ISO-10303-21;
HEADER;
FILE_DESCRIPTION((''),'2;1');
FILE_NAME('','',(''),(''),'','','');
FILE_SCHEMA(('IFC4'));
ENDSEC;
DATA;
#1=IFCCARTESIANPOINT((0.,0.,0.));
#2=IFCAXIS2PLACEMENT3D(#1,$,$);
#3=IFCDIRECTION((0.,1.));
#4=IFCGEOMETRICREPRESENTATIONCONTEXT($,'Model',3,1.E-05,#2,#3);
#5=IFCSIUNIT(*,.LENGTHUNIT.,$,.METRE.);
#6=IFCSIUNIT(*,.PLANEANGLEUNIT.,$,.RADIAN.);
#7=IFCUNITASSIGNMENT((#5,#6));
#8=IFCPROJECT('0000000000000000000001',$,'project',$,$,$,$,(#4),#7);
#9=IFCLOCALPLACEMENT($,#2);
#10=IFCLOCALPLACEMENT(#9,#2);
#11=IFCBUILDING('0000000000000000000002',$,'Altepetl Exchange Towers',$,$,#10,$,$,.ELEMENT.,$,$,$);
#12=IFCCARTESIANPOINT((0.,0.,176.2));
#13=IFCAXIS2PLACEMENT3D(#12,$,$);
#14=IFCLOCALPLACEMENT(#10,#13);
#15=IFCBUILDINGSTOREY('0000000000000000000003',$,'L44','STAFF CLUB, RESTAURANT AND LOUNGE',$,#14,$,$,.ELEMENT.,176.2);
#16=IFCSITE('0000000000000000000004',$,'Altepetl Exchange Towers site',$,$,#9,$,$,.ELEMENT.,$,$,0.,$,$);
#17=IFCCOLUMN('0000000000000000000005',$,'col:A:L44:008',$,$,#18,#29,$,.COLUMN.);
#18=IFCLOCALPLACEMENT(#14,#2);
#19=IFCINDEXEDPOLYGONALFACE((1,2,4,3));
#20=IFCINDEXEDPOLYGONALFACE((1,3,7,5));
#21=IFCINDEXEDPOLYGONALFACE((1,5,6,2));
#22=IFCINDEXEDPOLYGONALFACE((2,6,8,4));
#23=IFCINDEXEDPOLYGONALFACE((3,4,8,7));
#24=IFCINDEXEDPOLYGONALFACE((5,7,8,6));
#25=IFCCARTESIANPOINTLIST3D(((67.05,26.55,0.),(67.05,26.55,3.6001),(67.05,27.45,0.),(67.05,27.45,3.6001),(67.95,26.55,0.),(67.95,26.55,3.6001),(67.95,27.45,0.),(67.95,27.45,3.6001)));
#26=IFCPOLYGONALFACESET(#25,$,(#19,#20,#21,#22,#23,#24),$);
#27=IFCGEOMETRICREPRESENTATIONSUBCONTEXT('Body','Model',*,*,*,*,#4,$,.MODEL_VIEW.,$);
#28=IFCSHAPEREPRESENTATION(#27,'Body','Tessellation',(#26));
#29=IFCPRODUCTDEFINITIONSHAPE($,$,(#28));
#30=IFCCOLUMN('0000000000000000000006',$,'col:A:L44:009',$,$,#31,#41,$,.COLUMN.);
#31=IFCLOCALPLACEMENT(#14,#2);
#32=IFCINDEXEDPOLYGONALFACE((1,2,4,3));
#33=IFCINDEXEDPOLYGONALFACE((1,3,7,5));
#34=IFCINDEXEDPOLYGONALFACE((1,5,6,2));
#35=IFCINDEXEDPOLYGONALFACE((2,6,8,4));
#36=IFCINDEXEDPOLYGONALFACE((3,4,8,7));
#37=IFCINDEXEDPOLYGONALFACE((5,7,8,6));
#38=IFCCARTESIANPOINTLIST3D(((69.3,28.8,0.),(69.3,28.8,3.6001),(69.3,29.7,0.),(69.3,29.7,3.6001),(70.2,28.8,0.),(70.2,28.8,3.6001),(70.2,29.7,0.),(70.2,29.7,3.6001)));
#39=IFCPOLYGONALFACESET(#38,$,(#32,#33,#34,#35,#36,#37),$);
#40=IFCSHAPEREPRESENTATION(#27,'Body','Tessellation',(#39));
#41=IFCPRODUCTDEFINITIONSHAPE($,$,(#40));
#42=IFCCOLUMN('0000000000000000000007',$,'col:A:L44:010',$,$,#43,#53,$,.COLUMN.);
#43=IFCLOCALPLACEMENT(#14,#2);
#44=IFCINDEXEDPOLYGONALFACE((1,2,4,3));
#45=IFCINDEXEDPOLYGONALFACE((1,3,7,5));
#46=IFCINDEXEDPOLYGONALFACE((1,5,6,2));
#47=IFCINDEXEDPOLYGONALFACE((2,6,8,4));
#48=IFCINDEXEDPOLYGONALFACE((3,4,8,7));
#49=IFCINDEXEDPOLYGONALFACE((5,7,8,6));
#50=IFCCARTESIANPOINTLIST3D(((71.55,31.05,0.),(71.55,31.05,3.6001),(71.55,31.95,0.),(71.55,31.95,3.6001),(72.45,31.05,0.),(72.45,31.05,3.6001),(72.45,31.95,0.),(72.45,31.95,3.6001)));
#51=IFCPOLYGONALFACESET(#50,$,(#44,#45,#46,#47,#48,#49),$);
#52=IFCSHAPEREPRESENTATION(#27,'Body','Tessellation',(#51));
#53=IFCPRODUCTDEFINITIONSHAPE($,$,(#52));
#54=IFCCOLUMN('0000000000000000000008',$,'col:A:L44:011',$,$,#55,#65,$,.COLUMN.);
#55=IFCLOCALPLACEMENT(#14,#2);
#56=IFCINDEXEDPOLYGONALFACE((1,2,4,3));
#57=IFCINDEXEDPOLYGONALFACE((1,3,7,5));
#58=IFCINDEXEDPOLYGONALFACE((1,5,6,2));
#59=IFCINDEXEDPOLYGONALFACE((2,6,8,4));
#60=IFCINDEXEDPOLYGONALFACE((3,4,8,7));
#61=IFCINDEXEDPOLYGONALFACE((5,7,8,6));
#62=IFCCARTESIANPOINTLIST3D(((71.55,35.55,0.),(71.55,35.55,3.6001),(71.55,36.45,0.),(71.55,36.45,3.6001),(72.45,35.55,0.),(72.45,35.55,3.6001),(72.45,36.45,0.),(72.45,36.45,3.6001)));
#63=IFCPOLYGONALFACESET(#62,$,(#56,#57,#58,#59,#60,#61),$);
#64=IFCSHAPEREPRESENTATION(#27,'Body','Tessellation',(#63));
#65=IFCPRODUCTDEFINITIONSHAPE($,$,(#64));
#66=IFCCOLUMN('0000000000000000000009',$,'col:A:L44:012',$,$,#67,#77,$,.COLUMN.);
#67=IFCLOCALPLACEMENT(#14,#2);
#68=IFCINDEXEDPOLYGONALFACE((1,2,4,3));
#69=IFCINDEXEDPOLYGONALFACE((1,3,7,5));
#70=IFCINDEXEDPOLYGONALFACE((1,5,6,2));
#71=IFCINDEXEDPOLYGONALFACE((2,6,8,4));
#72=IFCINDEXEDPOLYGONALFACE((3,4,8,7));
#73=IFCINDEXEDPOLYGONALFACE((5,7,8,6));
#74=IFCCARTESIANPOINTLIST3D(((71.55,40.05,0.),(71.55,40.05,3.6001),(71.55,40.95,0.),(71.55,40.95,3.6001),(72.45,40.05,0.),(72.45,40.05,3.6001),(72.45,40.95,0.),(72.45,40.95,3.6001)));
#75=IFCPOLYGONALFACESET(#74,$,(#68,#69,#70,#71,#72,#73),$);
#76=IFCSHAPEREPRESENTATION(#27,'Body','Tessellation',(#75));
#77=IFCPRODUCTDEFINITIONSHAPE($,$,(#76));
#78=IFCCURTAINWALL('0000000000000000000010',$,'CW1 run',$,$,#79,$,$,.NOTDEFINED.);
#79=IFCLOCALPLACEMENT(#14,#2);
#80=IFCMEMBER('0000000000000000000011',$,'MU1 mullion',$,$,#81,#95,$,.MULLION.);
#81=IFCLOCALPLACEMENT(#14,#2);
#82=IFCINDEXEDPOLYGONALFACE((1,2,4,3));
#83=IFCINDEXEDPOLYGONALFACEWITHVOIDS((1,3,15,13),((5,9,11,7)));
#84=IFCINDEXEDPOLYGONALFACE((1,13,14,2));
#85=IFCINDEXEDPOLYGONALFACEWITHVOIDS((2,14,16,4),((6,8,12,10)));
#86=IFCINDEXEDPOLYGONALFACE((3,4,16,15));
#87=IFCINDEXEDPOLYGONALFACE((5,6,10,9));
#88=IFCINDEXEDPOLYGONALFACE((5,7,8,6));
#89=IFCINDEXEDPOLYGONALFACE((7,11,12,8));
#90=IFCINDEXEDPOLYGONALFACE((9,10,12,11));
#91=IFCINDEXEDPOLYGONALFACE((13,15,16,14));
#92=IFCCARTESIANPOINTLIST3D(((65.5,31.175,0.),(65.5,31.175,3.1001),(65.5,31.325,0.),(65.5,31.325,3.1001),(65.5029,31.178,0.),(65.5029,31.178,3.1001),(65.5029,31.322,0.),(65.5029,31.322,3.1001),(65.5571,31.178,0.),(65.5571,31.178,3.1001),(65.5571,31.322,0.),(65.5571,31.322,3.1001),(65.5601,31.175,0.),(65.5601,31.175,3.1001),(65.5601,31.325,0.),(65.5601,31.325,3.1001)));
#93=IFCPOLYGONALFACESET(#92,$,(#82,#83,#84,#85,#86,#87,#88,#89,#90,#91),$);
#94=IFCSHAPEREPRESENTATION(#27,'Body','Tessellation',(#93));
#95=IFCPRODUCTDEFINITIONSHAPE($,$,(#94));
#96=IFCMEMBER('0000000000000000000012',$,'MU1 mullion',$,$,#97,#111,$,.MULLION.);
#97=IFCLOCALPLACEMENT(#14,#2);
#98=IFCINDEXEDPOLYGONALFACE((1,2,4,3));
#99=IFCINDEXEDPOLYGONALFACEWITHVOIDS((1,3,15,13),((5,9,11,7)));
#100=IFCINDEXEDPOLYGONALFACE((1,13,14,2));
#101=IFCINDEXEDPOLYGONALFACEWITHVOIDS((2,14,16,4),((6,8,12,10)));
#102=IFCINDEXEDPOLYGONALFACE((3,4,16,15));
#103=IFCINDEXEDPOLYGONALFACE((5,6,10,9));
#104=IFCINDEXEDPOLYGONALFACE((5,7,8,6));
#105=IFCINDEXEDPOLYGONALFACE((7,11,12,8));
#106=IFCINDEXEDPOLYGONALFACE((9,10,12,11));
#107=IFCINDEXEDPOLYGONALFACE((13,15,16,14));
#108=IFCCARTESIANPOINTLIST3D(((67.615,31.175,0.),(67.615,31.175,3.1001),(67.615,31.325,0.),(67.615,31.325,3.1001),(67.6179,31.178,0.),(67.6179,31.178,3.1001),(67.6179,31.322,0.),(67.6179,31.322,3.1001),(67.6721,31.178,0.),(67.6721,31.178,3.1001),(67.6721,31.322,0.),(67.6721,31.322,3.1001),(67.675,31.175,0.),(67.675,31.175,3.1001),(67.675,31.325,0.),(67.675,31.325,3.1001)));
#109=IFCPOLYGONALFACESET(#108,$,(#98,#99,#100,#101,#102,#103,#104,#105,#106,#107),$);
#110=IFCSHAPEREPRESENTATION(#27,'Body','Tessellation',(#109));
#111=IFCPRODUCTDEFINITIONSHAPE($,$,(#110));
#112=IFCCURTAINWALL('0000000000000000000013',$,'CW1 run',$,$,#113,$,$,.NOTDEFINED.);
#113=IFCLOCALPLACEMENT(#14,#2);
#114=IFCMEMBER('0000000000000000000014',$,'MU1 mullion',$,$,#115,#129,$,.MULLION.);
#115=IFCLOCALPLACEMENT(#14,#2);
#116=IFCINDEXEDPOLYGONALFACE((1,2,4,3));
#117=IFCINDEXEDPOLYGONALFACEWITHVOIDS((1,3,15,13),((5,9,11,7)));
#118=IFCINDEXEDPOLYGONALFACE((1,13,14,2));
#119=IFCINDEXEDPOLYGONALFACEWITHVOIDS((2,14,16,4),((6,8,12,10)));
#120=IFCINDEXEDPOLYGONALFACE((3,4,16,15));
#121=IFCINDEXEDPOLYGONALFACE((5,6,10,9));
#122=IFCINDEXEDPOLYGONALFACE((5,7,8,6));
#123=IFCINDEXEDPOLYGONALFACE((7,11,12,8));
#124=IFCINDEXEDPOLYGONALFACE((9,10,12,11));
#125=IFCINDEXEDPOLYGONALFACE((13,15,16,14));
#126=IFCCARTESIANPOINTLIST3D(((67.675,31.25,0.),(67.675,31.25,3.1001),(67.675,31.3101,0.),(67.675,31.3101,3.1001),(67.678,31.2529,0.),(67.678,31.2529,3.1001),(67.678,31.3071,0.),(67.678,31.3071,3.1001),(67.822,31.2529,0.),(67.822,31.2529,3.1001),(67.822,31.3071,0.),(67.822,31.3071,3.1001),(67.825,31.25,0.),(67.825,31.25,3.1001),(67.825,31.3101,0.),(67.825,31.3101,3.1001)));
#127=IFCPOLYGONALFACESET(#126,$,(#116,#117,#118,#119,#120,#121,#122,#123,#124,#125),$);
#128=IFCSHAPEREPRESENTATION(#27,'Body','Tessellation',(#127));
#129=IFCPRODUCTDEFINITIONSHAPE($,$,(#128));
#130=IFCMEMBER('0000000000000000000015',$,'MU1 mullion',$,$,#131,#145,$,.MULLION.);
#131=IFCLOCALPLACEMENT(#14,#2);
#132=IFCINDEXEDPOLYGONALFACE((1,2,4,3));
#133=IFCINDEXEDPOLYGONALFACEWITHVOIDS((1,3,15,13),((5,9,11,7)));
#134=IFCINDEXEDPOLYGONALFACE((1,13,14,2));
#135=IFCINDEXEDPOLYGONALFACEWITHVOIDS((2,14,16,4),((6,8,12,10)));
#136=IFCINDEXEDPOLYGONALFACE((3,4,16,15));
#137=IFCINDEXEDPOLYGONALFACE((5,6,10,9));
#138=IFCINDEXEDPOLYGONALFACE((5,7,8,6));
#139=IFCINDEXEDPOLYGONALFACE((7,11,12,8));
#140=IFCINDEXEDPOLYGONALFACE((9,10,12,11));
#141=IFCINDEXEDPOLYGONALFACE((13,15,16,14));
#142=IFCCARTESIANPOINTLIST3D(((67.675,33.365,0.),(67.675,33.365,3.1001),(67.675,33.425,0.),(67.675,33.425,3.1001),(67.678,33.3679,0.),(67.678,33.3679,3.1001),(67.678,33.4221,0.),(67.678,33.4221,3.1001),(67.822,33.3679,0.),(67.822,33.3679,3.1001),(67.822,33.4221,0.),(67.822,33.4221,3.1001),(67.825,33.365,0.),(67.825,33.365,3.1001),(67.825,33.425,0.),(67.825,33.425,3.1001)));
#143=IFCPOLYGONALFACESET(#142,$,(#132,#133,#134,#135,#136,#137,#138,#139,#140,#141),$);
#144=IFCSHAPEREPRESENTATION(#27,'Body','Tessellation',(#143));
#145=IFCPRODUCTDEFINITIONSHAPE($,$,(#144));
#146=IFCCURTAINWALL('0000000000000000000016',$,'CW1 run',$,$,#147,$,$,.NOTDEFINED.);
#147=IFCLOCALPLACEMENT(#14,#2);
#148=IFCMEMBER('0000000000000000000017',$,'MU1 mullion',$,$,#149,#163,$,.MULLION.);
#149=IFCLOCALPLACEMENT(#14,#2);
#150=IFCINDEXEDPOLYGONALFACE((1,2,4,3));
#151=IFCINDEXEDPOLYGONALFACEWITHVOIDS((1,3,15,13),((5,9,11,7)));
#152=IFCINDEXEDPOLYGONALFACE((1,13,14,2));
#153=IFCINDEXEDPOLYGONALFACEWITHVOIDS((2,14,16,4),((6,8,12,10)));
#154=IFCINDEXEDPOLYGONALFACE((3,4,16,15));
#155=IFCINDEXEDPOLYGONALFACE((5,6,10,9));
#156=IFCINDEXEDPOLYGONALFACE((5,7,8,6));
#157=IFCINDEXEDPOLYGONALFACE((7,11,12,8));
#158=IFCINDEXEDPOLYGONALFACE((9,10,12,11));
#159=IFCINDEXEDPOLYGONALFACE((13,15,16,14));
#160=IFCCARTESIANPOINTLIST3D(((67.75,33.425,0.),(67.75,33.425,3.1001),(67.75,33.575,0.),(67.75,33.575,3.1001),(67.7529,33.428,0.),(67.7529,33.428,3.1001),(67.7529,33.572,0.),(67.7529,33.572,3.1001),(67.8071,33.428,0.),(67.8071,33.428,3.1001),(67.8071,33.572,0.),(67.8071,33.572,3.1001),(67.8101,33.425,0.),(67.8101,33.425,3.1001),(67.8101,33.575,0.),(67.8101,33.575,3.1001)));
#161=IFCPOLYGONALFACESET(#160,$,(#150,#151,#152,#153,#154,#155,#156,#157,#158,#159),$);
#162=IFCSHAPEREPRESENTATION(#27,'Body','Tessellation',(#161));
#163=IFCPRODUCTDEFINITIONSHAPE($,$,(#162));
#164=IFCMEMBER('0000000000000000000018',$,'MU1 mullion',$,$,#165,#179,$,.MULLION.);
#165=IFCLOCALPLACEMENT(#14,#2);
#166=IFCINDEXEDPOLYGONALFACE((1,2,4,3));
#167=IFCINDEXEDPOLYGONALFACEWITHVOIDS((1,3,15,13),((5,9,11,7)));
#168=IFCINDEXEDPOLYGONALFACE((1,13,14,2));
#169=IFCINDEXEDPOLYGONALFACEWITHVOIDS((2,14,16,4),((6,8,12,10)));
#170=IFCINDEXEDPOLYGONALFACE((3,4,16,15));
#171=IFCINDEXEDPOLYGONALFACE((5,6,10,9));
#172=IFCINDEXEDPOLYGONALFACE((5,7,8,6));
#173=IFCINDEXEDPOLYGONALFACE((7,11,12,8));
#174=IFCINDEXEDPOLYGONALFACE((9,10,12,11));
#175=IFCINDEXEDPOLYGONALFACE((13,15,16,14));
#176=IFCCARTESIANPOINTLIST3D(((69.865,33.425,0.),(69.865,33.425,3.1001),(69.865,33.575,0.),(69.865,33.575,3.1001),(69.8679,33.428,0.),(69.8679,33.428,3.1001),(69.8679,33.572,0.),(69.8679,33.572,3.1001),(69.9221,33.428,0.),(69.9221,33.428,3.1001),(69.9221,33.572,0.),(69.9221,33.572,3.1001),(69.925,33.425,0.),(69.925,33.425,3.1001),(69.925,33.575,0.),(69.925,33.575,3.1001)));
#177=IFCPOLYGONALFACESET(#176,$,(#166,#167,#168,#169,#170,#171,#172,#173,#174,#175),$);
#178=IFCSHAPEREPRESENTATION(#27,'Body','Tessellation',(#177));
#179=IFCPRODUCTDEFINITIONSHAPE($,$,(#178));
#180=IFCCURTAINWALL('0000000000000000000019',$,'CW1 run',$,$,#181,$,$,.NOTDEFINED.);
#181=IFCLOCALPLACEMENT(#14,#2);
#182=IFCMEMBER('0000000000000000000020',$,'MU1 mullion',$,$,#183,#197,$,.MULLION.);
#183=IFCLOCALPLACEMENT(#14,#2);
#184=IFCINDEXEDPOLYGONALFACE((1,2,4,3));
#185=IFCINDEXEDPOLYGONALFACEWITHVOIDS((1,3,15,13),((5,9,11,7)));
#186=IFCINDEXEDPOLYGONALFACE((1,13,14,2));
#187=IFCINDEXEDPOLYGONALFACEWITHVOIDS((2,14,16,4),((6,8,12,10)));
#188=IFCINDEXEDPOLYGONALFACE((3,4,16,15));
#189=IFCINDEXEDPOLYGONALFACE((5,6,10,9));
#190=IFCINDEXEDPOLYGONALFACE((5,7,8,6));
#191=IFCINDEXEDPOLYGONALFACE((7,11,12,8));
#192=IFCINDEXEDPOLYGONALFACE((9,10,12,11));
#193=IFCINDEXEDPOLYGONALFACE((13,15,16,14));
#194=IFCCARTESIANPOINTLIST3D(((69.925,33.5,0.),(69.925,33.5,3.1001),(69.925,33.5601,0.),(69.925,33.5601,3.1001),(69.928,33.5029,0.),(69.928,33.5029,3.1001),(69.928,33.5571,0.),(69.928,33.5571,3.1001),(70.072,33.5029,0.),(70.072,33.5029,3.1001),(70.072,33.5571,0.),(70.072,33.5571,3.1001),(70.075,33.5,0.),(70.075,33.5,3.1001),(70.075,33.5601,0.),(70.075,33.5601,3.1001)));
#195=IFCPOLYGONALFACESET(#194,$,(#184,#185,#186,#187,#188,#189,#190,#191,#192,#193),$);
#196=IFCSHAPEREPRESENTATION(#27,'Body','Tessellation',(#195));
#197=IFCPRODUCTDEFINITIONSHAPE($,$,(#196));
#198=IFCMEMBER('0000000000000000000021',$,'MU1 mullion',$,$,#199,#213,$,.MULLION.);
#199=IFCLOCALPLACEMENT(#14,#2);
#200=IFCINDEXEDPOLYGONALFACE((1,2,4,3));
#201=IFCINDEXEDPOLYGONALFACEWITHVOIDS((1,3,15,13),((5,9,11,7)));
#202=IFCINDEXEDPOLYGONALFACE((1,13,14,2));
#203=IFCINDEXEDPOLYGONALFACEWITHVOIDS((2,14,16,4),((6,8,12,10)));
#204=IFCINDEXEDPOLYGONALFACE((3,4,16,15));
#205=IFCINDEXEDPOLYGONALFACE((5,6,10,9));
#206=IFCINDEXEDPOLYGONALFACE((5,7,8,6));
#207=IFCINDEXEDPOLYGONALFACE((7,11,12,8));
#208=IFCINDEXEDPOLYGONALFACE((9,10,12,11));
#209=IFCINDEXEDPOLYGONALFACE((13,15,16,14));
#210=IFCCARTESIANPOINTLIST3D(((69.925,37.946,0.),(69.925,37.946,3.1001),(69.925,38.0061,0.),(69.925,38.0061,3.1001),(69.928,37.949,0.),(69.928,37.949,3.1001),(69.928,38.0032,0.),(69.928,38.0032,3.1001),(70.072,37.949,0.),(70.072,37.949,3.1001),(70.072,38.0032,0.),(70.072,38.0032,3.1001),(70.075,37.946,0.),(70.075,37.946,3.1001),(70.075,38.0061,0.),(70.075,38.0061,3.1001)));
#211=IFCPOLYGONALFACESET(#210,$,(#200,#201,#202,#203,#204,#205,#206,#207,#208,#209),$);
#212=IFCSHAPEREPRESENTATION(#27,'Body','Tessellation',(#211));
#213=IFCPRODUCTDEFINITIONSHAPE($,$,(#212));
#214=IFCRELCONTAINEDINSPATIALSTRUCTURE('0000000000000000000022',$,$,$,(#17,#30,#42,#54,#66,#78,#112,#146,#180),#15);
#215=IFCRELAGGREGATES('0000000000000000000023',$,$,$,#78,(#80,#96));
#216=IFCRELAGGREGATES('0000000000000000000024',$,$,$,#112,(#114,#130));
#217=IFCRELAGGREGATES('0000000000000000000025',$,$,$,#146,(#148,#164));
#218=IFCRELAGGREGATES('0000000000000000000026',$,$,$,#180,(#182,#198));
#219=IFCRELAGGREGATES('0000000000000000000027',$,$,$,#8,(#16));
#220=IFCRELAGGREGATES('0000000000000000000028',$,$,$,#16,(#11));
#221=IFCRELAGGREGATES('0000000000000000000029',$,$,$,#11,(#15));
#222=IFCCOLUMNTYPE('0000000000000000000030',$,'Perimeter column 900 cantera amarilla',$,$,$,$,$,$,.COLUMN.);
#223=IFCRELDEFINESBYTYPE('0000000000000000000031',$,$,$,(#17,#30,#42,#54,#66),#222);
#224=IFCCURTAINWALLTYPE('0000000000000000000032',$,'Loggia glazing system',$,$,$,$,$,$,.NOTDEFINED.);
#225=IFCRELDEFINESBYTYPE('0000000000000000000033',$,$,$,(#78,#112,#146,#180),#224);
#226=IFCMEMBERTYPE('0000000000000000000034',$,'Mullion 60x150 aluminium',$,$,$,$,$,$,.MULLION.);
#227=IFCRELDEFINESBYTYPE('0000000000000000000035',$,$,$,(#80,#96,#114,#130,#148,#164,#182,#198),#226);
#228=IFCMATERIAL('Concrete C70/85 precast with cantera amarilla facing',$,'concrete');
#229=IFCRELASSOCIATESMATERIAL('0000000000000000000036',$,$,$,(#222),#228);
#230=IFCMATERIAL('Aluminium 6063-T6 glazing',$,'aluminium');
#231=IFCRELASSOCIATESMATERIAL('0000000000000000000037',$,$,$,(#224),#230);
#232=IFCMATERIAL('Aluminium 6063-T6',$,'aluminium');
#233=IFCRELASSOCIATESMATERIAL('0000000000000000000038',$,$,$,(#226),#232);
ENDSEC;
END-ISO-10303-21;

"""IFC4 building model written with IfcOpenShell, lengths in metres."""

from ifc_helpers import new_model, si_unit, direction, frame, origin, origin_2d, place, context, subcontext, project, spatial, rectangle, hollow_rectangle, extrude, material, material_profile, profile_set, type_object, element, aggregate, save


model = new_model("IFC4")

# Units and contexts
model_context = context("Model", 3, precision=1e-05, world=origin(), true_north=direction((0.0, 1.0)))
body_context = subcontext(model_context, "Body", "Model", "MODEL_VIEW")
ifc_project = project(units=[si_unit("LENGTHUNIT", "METRE"), si_unit("PLANEANGLEUNIT", "RADIAN")], contexts=[model_context])

# Site, building, storey
site_placement = place(None, origin())
site = spatial("IfcSite", under=ifc_project, at=site_placement, Name="Altepetl Exchange Towers site", CompositionType="ELEMENT", RefElevation=0.0)
building_placement = place(site_placement, origin())
building = spatial("IfcBuilding", under=site, at=building_placement, Name="Altepetl Exchange Towers", CompositionType="ELEMENT")
storey_placement = place(building_placement, frame((0.0, 0.0, 176.2)))
storey = spatial("IfcBuildingStorey", under=building, at=storey_placement, Name="L44", Description="STAFF CLUB, RESTAURANT AND LOUNGE", CompositionType="ELEMENT", Elevation=176.2)

# Columns
ifc_material_1 = material(Name="Concrete C70/85 precast with cantera amarilla facing", Category="concrete")
ifc_material_profile_1 = material_profile(ifc_material_1, rectangle(XDim=0.8999, YDim=0.8999, at=origin_2d()), Name="900 x 900")
ifc_profile_set_1 = profile_set([ifc_material_profile_1], Name="Concrete C70/85 precast with cantera amarilla facing")
column_type = type_object("IfcColumnType", Name="Perimeter column 900 cantera amarilla", PredefinedType="COLUMN", material=ifc_profile_set_1)
for number, where, name in (
    (1, (67.5, 27.0, 0.0), "col:A:L44:008"),
    (2, (69.75, 29.25, 0.0), "col:A:L44:009"),
    (3, (72.0, 31.5, 0.0), "col:A:L44:010"),
    (4, (72.0, 36.0, 0.0), "col:A:L44:011"),
    (5, (72.0, 40.5, 0.0), "col:A:L44:012"),
):
    element("IfcColumn", number, at=place(storey_placement, frame(where)), inside=storey, type_object=column_type, Name=name, PredefinedType="COLUMN", context=body_context, shape_type="SweptSolid", body=[
        extrude(rectangle(XDim=0.8999, YDim=0.8999, at=origin_2d()), origin(), (0.0, 0.0, 1.0), 3.6001),
    ])

# Curtain walls, members
ifc_material_2 = material(Name="Aluminium 6063-T6 glazing", Category="aluminium")
curtain_wall_type = type_object("IfcCurtainWallType", Name="Loggia glazing system", PredefinedType="NOTDEFINED", material=ifc_material_2)
curtain_wall_1_placement = place(storey_placement, origin())
curtain_wall_1 = element("IfcCurtainWall", 6, at=curtain_wall_1_placement, inside=storey, type_object=curtain_wall_type, Name="CW1 run", PredefinedType="NOTDEFINED")
ifc_material_3 = material(Name="Aluminium 6063-T6", Category="aluminium")
ifc_material_profile_2 = material_profile(ifc_material_3, hollow_rectangle(XDim=0.0601, YDim=0.1499, WallThickness=0.0029, at=origin_2d()), Name="Mullion 60x150 aluminium")
ifc_profile_set_2 = profile_set([ifc_material_profile_2], Name="Aluminium 6063-T6")
member_type = type_object("IfcMemberType", Name="Mullion 60x150 aluminium", PredefinedType="MULLION", material=ifc_profile_set_2)
member_1_placement = place(storey_placement, frame((65.53, 31.25, 0.0)))
member_1 = element("IfcMember", 7, at=member_1_placement, type_object=member_type, Name="MU1 mullion", PredefinedType="MULLION", context=body_context, shape_type="SweptSolid", body=[
    extrude(hollow_rectangle(XDim=0.0601, YDim=0.1499, WallThickness=0.0029, at=origin_2d()), origin(), (0.0, 0.0, 1.0), 3.1001),
])
member_2_placement = place(storey_placement, frame((67.645, 31.25, 0.0)))
member_2 = element("IfcMember", 8, at=member_2_placement, type_object=member_type, Name="MU1 mullion", PredefinedType="MULLION", context=body_context, shape_type="SweptSolid", body=[
    extrude(hollow_rectangle(XDim=0.0601, YDim=0.1499, WallThickness=0.0029, at=origin_2d()), origin(), (0.0, 0.0, 1.0), 3.1001),
])
curtain_wall_2_placement = place(storey_placement, origin())
curtain_wall_2 = element("IfcCurtainWall", 9, at=curtain_wall_2_placement, inside=storey, type_object=curtain_wall_type, Name="CW1 run", PredefinedType="NOTDEFINED")
member_3_placement = place(storey_placement, frame((67.75, 31.28, 0.0), z_axis=(0.0, 0.0, 1.0), x_axis=(0.0, 1.0, 0.0)))
member_3 = element("IfcMember", 10, at=member_3_placement, type_object=member_type, Name="MU1 mullion", PredefinedType="MULLION", context=body_context, shape_type="SweptSolid", body=[
    extrude(hollow_rectangle(XDim=0.0601, YDim=0.1499, WallThickness=0.0029, at=origin_2d()), origin(), (0.0, 0.0, 1.0), 3.1001),
])
member_4_placement = place(storey_placement, frame((67.75, 33.395, 0.0), z_axis=(0.0, 0.0, 1.0), x_axis=(0.0, 1.0, 0.0)))
member_4 = element("IfcMember", 11, at=member_4_placement, type_object=member_type, Name="MU1 mullion", PredefinedType="MULLION", context=body_context, shape_type="SweptSolid", body=[
    extrude(hollow_rectangle(XDim=0.0601, YDim=0.1499, WallThickness=0.0029, at=origin_2d()), origin(), (0.0, 0.0, 1.0), 3.1001),
])
curtain_wall_3_placement = place(storey_placement, origin())
curtain_wall_3 = element("IfcCurtainWall", 12, at=curtain_wall_3_placement, inside=storey, type_object=curtain_wall_type, Name="CW1 run", PredefinedType="NOTDEFINED")
member_5_placement = place(storey_placement, frame((67.78, 33.5, 0.0)))
member_5 = element("IfcMember", 13, at=member_5_placement, type_object=member_type, Name="MU1 mullion", PredefinedType="MULLION", context=body_context, shape_type="SweptSolid", body=[
    extrude(hollow_rectangle(XDim=0.0601, YDim=0.1499, WallThickness=0.0029, at=origin_2d()), origin(), (0.0, 0.0, 1.0), 3.1001),
])
member_6_placement = place(storey_placement, frame((69.895, 33.5, 0.0)))
member_6 = element("IfcMember", 14, at=member_6_placement, type_object=member_type, Name="MU1 mullion", PredefinedType="MULLION", context=body_context, shape_type="SweptSolid", body=[
    extrude(hollow_rectangle(XDim=0.0601, YDim=0.1499, WallThickness=0.0029, at=origin_2d()), origin(), (0.0, 0.0, 1.0), 3.1001),
])
curtain_wall_4_placement = place(storey_placement, origin())
curtain_wall_4 = element("IfcCurtainWall", 15, at=curtain_wall_4_placement, inside=storey, type_object=curtain_wall_type, Name="CW1 run", PredefinedType="NOTDEFINED")
member_7_placement = place(storey_placement, frame((70.0, 33.53, 0.0), z_axis=(0.0, 0.0, 1.0), x_axis=(0.0, 1.0, 0.0)))
member_7 = element("IfcMember", 16, at=member_7_placement, type_object=member_type, Name="MU1 mullion", PredefinedType="MULLION", context=body_context, shape_type="SweptSolid", body=[
    extrude(hollow_rectangle(XDim=0.0601, YDim=0.1499, WallThickness=0.0029, at=origin_2d()), origin(), (0.0, 0.0, 1.0), 3.1001),
])
member_8_placement = place(storey_placement, frame((70.0, 37.9761, 0.0), z_axis=(0.0, 0.0, 1.0), x_axis=(0.0, 1.0, 0.0)))
member_8 = element("IfcMember", 17, at=member_8_placement, type_object=member_type, Name="MU1 mullion", PredefinedType="MULLION", context=body_context, shape_type="SweptSolid", body=[
    extrude(hollow_rectangle(XDim=0.0601, YDim=0.1499, WallThickness=0.0029, at=origin_2d()), origin(), (0.0, 0.0, 1.0), 3.1001),
])

aggregate(curtain_wall_1, [member_1, member_2])
aggregate(curtain_wall_2, [member_3, member_4])
aggregate(curtain_wall_3, [member_5, member_6])
aggregate(curtain_wall_4, [member_7, member_8])

save(model, "model.ifc")
